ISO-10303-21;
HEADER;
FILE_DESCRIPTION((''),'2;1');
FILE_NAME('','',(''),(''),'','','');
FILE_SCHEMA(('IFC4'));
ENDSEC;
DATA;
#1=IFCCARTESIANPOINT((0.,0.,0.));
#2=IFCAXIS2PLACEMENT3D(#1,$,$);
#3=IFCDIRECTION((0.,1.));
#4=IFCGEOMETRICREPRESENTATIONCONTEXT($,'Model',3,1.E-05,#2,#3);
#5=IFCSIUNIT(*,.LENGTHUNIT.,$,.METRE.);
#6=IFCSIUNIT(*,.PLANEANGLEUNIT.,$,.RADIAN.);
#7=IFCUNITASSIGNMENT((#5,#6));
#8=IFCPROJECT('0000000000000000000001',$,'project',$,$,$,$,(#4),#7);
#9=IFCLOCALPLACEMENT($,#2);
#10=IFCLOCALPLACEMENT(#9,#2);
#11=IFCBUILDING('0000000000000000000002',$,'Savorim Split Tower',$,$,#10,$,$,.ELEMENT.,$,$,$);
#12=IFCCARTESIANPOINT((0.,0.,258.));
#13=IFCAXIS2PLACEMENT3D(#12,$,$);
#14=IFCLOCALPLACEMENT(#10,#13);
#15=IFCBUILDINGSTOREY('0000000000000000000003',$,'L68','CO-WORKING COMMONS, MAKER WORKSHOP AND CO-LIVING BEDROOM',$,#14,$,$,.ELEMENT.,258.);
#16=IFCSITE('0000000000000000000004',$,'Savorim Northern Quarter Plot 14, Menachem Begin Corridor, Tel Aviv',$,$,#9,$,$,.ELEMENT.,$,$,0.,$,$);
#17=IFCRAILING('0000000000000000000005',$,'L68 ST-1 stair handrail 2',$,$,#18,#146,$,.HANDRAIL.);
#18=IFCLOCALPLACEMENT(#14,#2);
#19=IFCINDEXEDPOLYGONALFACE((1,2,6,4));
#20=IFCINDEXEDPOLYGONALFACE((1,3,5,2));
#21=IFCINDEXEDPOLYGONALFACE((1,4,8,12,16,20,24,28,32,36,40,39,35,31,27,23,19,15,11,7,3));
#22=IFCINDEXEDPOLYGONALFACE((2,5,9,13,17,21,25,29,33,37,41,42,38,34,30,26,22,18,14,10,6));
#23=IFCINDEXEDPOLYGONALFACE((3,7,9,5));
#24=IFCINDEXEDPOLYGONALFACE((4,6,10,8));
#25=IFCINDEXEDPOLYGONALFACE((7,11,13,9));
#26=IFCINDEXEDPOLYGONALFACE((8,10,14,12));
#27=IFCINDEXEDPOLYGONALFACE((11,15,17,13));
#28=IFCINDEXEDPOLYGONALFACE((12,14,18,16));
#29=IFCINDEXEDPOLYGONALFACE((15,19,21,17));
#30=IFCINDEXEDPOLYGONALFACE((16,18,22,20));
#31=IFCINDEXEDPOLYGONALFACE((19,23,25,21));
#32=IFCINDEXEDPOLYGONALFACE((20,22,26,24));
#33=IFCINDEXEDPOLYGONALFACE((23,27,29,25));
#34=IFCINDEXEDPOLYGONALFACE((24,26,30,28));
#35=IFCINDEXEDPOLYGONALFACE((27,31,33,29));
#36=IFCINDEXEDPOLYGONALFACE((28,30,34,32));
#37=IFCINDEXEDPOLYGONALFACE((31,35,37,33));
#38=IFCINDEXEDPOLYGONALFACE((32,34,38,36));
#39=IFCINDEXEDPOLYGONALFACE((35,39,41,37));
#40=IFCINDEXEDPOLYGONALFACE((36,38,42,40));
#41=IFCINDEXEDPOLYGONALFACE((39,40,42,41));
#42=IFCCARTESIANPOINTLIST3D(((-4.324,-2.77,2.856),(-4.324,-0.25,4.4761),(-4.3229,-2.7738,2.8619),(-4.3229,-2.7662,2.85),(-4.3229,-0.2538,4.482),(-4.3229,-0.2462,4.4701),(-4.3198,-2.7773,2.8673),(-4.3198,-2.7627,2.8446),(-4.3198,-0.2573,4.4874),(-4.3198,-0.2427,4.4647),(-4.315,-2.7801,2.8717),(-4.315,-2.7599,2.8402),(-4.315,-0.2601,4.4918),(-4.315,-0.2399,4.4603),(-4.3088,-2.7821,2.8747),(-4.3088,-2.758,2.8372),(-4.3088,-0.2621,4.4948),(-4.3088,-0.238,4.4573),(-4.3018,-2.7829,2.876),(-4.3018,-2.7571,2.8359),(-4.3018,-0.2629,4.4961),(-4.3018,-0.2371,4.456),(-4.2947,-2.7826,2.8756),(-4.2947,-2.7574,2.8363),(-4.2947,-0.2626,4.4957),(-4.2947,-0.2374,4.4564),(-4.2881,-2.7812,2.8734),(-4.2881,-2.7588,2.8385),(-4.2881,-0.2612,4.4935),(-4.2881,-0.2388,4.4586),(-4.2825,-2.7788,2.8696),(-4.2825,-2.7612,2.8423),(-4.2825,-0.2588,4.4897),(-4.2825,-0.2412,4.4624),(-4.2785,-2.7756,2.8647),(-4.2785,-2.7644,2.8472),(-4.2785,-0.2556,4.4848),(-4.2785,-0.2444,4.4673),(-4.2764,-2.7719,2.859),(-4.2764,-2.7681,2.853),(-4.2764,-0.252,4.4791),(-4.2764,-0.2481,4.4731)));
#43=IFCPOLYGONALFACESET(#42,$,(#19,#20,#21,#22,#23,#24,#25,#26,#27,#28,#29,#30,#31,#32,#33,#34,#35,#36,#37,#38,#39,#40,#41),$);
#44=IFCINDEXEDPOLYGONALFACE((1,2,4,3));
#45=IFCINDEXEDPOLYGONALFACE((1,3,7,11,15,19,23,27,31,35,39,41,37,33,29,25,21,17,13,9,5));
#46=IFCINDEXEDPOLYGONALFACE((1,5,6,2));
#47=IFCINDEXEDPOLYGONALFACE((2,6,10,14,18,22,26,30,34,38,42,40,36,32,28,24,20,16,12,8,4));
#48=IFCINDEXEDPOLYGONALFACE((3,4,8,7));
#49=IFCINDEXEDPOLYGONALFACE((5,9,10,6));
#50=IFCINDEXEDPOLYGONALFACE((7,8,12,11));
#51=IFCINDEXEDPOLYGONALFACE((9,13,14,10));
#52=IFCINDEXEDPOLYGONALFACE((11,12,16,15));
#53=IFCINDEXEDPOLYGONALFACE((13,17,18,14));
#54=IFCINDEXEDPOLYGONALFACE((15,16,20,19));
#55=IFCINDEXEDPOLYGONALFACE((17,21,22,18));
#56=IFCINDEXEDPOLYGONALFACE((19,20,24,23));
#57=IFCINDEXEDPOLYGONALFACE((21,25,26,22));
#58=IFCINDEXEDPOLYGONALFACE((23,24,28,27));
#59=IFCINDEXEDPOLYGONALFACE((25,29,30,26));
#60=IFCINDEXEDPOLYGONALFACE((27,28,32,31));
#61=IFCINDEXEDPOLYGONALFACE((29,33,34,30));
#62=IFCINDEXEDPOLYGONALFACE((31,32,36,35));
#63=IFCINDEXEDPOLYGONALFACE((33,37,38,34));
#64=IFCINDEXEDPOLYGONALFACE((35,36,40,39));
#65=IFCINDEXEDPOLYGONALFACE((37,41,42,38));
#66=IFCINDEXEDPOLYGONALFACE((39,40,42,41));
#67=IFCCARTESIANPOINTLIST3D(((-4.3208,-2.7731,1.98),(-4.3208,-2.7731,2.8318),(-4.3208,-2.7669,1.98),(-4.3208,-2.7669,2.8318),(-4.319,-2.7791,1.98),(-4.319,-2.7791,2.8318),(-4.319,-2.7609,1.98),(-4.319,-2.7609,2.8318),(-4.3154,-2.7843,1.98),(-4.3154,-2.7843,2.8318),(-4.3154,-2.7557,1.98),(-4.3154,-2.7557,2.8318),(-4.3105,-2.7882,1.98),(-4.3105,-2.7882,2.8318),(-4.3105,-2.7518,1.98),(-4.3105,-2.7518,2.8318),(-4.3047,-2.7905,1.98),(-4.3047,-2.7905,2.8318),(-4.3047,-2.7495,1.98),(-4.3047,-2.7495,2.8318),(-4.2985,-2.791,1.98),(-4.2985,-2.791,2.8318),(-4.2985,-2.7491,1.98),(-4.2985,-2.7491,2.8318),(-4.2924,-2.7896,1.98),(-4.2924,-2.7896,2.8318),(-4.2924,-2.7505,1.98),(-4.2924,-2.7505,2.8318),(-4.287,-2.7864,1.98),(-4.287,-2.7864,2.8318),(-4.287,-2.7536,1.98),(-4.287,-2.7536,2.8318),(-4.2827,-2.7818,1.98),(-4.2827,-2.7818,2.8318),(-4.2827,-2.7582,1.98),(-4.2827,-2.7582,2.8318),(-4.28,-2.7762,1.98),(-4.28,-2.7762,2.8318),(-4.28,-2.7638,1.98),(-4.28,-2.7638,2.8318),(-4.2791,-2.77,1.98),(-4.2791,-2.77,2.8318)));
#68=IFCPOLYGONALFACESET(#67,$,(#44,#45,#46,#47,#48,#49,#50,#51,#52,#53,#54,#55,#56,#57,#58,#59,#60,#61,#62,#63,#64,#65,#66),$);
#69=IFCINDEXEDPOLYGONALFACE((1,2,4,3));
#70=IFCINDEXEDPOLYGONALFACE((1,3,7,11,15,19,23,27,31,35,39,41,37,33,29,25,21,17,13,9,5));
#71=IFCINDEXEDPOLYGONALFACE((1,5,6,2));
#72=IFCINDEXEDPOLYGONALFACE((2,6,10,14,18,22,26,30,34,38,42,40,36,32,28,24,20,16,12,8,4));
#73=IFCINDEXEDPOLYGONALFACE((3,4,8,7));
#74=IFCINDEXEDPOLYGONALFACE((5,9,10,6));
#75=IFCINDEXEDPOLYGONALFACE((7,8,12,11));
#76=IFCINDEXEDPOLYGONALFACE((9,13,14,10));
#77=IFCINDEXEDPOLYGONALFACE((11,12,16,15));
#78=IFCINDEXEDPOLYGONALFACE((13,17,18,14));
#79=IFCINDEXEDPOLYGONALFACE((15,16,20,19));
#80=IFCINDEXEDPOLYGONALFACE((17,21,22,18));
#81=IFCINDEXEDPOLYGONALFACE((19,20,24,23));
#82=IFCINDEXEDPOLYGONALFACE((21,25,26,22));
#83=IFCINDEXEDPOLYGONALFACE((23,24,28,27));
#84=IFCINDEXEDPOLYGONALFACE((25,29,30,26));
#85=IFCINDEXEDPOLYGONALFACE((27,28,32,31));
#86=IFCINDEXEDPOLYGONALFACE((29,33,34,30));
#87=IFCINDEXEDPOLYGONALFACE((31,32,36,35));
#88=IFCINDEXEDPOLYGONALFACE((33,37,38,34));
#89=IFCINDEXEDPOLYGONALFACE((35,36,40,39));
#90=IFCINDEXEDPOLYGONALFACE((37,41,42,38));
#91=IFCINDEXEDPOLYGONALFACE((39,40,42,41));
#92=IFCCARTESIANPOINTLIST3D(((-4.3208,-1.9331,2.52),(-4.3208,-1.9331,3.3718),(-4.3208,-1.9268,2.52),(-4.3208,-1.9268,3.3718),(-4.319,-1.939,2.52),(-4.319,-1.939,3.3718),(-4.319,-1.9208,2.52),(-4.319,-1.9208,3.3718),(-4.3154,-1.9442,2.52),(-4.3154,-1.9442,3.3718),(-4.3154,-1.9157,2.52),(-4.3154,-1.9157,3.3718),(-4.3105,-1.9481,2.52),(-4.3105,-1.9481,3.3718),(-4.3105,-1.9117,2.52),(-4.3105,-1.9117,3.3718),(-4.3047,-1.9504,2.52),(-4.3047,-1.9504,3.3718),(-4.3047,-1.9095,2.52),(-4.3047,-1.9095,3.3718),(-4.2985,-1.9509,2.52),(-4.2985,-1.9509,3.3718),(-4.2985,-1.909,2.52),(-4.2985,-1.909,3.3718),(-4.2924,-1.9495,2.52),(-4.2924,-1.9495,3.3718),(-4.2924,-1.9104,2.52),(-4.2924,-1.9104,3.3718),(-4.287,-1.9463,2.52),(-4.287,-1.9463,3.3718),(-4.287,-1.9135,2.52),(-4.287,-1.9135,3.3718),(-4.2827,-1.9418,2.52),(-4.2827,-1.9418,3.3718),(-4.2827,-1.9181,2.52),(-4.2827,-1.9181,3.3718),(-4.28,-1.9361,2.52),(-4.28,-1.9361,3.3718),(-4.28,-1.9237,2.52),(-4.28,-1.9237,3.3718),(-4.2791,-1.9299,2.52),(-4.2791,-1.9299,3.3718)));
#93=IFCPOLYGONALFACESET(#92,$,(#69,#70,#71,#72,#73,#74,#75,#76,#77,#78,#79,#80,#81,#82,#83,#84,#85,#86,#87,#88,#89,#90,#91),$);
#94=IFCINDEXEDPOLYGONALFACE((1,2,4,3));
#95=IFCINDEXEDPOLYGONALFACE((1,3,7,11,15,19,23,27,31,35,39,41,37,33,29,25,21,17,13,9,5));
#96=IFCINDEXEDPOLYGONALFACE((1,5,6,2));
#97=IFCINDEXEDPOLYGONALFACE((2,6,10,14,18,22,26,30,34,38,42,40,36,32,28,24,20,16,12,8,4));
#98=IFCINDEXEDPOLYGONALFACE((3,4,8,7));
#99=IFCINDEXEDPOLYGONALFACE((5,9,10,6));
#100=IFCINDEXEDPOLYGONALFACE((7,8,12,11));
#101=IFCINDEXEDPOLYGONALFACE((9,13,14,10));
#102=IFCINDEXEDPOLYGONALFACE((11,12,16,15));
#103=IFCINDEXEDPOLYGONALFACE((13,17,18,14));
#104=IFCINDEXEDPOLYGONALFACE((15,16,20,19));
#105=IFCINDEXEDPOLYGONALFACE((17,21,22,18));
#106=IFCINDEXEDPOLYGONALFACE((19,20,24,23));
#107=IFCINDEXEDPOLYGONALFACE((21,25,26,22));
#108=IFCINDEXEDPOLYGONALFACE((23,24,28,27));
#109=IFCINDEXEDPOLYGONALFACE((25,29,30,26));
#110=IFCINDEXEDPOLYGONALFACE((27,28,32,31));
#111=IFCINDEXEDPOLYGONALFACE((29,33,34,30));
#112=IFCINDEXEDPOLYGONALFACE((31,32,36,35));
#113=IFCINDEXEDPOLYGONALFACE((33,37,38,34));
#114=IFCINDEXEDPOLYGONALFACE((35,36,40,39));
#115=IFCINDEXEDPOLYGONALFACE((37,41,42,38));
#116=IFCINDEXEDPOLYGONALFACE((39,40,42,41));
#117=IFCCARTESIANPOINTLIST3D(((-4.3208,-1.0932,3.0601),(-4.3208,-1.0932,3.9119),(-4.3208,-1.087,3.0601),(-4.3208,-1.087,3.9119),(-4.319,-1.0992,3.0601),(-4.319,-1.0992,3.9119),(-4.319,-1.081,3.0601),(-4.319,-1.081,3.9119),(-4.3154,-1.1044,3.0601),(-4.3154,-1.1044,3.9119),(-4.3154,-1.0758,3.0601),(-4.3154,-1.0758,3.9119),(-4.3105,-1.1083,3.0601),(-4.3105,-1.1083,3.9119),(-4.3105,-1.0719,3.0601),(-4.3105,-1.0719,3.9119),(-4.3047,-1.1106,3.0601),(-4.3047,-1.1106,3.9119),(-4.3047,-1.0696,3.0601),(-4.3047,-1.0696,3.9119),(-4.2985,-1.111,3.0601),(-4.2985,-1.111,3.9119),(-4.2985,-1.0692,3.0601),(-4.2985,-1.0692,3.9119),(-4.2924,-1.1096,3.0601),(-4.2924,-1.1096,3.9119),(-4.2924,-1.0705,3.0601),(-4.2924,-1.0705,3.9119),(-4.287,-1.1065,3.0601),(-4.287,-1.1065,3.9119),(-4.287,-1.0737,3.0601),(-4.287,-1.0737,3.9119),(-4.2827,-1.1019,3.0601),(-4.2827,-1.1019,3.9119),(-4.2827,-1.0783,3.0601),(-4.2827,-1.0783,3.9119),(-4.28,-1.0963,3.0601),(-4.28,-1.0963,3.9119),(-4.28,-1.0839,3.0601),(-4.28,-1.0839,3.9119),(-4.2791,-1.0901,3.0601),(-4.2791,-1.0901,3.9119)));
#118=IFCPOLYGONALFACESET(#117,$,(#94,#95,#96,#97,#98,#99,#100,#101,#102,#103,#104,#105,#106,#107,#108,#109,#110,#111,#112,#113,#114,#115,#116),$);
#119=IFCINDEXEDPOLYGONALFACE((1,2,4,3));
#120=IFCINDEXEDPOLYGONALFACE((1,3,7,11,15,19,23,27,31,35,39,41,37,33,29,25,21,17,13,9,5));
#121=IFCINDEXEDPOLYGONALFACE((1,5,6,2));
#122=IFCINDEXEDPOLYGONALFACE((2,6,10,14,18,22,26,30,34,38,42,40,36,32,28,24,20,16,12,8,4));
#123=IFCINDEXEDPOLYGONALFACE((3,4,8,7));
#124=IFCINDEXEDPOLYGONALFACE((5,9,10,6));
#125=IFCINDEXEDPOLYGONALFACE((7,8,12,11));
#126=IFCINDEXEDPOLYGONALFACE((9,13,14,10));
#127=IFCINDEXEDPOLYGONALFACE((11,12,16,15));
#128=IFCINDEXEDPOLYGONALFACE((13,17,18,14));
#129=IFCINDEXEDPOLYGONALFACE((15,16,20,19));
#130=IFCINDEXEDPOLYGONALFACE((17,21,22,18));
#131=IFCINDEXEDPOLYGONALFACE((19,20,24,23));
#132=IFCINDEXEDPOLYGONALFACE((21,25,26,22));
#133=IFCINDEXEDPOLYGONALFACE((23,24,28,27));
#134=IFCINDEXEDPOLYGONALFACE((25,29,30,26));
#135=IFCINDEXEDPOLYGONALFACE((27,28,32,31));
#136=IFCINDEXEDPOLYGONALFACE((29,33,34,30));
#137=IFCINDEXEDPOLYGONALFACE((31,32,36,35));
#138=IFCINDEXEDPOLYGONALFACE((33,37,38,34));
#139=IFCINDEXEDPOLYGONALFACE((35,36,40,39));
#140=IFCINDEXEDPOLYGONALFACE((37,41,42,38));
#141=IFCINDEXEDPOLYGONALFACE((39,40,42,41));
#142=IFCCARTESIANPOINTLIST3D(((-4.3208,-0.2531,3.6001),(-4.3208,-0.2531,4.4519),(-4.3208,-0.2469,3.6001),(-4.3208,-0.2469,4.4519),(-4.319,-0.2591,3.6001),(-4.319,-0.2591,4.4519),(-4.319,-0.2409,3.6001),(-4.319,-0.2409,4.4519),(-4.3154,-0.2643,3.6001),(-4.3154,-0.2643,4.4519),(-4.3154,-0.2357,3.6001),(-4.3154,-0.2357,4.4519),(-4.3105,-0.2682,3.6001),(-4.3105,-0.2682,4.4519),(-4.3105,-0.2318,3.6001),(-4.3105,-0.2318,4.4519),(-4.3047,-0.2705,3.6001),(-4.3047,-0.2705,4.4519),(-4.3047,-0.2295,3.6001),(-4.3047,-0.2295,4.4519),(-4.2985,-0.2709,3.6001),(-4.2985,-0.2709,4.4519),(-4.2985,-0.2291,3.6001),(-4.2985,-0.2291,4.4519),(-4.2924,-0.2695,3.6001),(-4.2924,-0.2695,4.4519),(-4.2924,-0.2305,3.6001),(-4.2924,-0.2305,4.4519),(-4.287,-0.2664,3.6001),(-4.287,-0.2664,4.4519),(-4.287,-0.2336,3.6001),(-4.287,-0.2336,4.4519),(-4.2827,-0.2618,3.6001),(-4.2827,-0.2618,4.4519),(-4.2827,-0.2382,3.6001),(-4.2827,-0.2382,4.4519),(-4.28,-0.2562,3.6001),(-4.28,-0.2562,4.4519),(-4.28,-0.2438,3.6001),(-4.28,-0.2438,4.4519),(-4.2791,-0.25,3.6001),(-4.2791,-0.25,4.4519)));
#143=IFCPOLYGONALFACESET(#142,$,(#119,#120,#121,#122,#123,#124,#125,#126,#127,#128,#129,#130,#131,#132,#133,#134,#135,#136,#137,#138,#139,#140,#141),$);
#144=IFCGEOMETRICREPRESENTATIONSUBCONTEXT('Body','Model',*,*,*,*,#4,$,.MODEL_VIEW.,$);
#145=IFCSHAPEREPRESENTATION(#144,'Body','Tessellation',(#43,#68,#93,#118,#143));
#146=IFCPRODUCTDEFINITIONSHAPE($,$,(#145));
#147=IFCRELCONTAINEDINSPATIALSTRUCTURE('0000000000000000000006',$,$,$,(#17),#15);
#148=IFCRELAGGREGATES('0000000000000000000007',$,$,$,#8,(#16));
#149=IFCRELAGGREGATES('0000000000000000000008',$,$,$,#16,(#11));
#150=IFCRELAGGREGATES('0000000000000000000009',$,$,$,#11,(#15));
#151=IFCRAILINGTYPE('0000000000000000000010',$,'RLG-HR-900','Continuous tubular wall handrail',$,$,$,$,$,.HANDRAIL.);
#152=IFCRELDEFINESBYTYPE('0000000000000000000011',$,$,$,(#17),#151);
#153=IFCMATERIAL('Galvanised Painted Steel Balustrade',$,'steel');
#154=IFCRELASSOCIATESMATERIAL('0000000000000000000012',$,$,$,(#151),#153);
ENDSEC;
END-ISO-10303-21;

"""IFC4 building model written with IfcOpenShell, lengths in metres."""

from ifc_helpers import new_model, si_unit, direction, frame, origin, origin_2d, place, context, subcontext, project, spatial, circle, extrude, material, type_object, element, save


model = new_model("IFC4")

# Units and contexts
model_context = context("Model", 3, precision=1e-05, world=origin(), true_north=direction((0.0, 1.0)))
body_context = subcontext(model_context, "Body", "Model", "MODEL_VIEW")
ifc_project = project(units=[si_unit("LENGTHUNIT", "METRE"), si_unit("PLANEANGLEUNIT", "RADIAN")], contexts=[model_context])

# Site, building, storey
site_placement = place(None, origin())
site = spatial("IfcSite", under=ifc_project, at=site_placement, Name="Savorim Northern Quarter Plot 14, Menachem Begin Corridor, Tel Aviv", CompositionType="ELEMENT", RefElevation=0.0)
building_placement = place(site_placement, origin())
building = spatial("IfcBuilding", under=site, at=building_placement, Name="Savorim Split Tower", CompositionType="ELEMENT")
storey_placement = place(building_placement, frame((0.0, 0.0, 258.0)))
storey = spatial("IfcBuildingStorey", under=building, at=storey_placement, Name="L68", Description="CO-WORKING COMMONS, MAKER WORKSHOP AND CO-LIVING BEDROOM", CompositionType="ELEMENT", Elevation=258.0)

# Railing
ifc_material_1 = material(Name="Galvanised Painted Steel Balustrade", Category="steel")
railing_type_1 = type_object("IfcRailingType", Name="RLG-HR-900", Description="Continuous tubular wall handrail", PredefinedType="HANDRAIL", material=ifc_material_1)
railing_1_placement = place(storey_placement, frame((-4.3, -2.77, 1.98)))
element("IfcRailing", 1, at=railing_1_placement, inside=storey, type_object=railing_type_1, Name="L68 ST-1 stair handrail 2", PredefinedType="HANDRAIL", context=body_context, shape_type="SweptSolid", body=[
    extrude(circle(Radius=0.0239, at=origin_2d()), frame((0.0, 0.0, 0.876), z_axis=(0.0, 0.841163, 0.540782), x_axis=(-1.0, 0.0, 0.0)), (0.0, 0.0, 1.0), 2.9958),
    extrude(circle(Radius=0.021, at=origin_2d()), origin(), (0.0, 0.0, 1.0), 0.8518),
    extrude(circle(Radius=0.021, at=origin_2d()), frame((0.0, 0.8401, 0.54)), (0.0, 0.0, 1.0), 0.8518),
    extrude(circle(Radius=0.021, at=origin_2d()), frame((0.0, 1.6799, 1.0801)), (0.0, 0.0, 1.0), 0.8518),
    extrude(circle(Radius=0.021, at=origin_2d()), frame((0.0, 2.52, 1.6201)), (0.0, 0.0, 1.0), 0.8518),
])

save(model, "model.ifc")
